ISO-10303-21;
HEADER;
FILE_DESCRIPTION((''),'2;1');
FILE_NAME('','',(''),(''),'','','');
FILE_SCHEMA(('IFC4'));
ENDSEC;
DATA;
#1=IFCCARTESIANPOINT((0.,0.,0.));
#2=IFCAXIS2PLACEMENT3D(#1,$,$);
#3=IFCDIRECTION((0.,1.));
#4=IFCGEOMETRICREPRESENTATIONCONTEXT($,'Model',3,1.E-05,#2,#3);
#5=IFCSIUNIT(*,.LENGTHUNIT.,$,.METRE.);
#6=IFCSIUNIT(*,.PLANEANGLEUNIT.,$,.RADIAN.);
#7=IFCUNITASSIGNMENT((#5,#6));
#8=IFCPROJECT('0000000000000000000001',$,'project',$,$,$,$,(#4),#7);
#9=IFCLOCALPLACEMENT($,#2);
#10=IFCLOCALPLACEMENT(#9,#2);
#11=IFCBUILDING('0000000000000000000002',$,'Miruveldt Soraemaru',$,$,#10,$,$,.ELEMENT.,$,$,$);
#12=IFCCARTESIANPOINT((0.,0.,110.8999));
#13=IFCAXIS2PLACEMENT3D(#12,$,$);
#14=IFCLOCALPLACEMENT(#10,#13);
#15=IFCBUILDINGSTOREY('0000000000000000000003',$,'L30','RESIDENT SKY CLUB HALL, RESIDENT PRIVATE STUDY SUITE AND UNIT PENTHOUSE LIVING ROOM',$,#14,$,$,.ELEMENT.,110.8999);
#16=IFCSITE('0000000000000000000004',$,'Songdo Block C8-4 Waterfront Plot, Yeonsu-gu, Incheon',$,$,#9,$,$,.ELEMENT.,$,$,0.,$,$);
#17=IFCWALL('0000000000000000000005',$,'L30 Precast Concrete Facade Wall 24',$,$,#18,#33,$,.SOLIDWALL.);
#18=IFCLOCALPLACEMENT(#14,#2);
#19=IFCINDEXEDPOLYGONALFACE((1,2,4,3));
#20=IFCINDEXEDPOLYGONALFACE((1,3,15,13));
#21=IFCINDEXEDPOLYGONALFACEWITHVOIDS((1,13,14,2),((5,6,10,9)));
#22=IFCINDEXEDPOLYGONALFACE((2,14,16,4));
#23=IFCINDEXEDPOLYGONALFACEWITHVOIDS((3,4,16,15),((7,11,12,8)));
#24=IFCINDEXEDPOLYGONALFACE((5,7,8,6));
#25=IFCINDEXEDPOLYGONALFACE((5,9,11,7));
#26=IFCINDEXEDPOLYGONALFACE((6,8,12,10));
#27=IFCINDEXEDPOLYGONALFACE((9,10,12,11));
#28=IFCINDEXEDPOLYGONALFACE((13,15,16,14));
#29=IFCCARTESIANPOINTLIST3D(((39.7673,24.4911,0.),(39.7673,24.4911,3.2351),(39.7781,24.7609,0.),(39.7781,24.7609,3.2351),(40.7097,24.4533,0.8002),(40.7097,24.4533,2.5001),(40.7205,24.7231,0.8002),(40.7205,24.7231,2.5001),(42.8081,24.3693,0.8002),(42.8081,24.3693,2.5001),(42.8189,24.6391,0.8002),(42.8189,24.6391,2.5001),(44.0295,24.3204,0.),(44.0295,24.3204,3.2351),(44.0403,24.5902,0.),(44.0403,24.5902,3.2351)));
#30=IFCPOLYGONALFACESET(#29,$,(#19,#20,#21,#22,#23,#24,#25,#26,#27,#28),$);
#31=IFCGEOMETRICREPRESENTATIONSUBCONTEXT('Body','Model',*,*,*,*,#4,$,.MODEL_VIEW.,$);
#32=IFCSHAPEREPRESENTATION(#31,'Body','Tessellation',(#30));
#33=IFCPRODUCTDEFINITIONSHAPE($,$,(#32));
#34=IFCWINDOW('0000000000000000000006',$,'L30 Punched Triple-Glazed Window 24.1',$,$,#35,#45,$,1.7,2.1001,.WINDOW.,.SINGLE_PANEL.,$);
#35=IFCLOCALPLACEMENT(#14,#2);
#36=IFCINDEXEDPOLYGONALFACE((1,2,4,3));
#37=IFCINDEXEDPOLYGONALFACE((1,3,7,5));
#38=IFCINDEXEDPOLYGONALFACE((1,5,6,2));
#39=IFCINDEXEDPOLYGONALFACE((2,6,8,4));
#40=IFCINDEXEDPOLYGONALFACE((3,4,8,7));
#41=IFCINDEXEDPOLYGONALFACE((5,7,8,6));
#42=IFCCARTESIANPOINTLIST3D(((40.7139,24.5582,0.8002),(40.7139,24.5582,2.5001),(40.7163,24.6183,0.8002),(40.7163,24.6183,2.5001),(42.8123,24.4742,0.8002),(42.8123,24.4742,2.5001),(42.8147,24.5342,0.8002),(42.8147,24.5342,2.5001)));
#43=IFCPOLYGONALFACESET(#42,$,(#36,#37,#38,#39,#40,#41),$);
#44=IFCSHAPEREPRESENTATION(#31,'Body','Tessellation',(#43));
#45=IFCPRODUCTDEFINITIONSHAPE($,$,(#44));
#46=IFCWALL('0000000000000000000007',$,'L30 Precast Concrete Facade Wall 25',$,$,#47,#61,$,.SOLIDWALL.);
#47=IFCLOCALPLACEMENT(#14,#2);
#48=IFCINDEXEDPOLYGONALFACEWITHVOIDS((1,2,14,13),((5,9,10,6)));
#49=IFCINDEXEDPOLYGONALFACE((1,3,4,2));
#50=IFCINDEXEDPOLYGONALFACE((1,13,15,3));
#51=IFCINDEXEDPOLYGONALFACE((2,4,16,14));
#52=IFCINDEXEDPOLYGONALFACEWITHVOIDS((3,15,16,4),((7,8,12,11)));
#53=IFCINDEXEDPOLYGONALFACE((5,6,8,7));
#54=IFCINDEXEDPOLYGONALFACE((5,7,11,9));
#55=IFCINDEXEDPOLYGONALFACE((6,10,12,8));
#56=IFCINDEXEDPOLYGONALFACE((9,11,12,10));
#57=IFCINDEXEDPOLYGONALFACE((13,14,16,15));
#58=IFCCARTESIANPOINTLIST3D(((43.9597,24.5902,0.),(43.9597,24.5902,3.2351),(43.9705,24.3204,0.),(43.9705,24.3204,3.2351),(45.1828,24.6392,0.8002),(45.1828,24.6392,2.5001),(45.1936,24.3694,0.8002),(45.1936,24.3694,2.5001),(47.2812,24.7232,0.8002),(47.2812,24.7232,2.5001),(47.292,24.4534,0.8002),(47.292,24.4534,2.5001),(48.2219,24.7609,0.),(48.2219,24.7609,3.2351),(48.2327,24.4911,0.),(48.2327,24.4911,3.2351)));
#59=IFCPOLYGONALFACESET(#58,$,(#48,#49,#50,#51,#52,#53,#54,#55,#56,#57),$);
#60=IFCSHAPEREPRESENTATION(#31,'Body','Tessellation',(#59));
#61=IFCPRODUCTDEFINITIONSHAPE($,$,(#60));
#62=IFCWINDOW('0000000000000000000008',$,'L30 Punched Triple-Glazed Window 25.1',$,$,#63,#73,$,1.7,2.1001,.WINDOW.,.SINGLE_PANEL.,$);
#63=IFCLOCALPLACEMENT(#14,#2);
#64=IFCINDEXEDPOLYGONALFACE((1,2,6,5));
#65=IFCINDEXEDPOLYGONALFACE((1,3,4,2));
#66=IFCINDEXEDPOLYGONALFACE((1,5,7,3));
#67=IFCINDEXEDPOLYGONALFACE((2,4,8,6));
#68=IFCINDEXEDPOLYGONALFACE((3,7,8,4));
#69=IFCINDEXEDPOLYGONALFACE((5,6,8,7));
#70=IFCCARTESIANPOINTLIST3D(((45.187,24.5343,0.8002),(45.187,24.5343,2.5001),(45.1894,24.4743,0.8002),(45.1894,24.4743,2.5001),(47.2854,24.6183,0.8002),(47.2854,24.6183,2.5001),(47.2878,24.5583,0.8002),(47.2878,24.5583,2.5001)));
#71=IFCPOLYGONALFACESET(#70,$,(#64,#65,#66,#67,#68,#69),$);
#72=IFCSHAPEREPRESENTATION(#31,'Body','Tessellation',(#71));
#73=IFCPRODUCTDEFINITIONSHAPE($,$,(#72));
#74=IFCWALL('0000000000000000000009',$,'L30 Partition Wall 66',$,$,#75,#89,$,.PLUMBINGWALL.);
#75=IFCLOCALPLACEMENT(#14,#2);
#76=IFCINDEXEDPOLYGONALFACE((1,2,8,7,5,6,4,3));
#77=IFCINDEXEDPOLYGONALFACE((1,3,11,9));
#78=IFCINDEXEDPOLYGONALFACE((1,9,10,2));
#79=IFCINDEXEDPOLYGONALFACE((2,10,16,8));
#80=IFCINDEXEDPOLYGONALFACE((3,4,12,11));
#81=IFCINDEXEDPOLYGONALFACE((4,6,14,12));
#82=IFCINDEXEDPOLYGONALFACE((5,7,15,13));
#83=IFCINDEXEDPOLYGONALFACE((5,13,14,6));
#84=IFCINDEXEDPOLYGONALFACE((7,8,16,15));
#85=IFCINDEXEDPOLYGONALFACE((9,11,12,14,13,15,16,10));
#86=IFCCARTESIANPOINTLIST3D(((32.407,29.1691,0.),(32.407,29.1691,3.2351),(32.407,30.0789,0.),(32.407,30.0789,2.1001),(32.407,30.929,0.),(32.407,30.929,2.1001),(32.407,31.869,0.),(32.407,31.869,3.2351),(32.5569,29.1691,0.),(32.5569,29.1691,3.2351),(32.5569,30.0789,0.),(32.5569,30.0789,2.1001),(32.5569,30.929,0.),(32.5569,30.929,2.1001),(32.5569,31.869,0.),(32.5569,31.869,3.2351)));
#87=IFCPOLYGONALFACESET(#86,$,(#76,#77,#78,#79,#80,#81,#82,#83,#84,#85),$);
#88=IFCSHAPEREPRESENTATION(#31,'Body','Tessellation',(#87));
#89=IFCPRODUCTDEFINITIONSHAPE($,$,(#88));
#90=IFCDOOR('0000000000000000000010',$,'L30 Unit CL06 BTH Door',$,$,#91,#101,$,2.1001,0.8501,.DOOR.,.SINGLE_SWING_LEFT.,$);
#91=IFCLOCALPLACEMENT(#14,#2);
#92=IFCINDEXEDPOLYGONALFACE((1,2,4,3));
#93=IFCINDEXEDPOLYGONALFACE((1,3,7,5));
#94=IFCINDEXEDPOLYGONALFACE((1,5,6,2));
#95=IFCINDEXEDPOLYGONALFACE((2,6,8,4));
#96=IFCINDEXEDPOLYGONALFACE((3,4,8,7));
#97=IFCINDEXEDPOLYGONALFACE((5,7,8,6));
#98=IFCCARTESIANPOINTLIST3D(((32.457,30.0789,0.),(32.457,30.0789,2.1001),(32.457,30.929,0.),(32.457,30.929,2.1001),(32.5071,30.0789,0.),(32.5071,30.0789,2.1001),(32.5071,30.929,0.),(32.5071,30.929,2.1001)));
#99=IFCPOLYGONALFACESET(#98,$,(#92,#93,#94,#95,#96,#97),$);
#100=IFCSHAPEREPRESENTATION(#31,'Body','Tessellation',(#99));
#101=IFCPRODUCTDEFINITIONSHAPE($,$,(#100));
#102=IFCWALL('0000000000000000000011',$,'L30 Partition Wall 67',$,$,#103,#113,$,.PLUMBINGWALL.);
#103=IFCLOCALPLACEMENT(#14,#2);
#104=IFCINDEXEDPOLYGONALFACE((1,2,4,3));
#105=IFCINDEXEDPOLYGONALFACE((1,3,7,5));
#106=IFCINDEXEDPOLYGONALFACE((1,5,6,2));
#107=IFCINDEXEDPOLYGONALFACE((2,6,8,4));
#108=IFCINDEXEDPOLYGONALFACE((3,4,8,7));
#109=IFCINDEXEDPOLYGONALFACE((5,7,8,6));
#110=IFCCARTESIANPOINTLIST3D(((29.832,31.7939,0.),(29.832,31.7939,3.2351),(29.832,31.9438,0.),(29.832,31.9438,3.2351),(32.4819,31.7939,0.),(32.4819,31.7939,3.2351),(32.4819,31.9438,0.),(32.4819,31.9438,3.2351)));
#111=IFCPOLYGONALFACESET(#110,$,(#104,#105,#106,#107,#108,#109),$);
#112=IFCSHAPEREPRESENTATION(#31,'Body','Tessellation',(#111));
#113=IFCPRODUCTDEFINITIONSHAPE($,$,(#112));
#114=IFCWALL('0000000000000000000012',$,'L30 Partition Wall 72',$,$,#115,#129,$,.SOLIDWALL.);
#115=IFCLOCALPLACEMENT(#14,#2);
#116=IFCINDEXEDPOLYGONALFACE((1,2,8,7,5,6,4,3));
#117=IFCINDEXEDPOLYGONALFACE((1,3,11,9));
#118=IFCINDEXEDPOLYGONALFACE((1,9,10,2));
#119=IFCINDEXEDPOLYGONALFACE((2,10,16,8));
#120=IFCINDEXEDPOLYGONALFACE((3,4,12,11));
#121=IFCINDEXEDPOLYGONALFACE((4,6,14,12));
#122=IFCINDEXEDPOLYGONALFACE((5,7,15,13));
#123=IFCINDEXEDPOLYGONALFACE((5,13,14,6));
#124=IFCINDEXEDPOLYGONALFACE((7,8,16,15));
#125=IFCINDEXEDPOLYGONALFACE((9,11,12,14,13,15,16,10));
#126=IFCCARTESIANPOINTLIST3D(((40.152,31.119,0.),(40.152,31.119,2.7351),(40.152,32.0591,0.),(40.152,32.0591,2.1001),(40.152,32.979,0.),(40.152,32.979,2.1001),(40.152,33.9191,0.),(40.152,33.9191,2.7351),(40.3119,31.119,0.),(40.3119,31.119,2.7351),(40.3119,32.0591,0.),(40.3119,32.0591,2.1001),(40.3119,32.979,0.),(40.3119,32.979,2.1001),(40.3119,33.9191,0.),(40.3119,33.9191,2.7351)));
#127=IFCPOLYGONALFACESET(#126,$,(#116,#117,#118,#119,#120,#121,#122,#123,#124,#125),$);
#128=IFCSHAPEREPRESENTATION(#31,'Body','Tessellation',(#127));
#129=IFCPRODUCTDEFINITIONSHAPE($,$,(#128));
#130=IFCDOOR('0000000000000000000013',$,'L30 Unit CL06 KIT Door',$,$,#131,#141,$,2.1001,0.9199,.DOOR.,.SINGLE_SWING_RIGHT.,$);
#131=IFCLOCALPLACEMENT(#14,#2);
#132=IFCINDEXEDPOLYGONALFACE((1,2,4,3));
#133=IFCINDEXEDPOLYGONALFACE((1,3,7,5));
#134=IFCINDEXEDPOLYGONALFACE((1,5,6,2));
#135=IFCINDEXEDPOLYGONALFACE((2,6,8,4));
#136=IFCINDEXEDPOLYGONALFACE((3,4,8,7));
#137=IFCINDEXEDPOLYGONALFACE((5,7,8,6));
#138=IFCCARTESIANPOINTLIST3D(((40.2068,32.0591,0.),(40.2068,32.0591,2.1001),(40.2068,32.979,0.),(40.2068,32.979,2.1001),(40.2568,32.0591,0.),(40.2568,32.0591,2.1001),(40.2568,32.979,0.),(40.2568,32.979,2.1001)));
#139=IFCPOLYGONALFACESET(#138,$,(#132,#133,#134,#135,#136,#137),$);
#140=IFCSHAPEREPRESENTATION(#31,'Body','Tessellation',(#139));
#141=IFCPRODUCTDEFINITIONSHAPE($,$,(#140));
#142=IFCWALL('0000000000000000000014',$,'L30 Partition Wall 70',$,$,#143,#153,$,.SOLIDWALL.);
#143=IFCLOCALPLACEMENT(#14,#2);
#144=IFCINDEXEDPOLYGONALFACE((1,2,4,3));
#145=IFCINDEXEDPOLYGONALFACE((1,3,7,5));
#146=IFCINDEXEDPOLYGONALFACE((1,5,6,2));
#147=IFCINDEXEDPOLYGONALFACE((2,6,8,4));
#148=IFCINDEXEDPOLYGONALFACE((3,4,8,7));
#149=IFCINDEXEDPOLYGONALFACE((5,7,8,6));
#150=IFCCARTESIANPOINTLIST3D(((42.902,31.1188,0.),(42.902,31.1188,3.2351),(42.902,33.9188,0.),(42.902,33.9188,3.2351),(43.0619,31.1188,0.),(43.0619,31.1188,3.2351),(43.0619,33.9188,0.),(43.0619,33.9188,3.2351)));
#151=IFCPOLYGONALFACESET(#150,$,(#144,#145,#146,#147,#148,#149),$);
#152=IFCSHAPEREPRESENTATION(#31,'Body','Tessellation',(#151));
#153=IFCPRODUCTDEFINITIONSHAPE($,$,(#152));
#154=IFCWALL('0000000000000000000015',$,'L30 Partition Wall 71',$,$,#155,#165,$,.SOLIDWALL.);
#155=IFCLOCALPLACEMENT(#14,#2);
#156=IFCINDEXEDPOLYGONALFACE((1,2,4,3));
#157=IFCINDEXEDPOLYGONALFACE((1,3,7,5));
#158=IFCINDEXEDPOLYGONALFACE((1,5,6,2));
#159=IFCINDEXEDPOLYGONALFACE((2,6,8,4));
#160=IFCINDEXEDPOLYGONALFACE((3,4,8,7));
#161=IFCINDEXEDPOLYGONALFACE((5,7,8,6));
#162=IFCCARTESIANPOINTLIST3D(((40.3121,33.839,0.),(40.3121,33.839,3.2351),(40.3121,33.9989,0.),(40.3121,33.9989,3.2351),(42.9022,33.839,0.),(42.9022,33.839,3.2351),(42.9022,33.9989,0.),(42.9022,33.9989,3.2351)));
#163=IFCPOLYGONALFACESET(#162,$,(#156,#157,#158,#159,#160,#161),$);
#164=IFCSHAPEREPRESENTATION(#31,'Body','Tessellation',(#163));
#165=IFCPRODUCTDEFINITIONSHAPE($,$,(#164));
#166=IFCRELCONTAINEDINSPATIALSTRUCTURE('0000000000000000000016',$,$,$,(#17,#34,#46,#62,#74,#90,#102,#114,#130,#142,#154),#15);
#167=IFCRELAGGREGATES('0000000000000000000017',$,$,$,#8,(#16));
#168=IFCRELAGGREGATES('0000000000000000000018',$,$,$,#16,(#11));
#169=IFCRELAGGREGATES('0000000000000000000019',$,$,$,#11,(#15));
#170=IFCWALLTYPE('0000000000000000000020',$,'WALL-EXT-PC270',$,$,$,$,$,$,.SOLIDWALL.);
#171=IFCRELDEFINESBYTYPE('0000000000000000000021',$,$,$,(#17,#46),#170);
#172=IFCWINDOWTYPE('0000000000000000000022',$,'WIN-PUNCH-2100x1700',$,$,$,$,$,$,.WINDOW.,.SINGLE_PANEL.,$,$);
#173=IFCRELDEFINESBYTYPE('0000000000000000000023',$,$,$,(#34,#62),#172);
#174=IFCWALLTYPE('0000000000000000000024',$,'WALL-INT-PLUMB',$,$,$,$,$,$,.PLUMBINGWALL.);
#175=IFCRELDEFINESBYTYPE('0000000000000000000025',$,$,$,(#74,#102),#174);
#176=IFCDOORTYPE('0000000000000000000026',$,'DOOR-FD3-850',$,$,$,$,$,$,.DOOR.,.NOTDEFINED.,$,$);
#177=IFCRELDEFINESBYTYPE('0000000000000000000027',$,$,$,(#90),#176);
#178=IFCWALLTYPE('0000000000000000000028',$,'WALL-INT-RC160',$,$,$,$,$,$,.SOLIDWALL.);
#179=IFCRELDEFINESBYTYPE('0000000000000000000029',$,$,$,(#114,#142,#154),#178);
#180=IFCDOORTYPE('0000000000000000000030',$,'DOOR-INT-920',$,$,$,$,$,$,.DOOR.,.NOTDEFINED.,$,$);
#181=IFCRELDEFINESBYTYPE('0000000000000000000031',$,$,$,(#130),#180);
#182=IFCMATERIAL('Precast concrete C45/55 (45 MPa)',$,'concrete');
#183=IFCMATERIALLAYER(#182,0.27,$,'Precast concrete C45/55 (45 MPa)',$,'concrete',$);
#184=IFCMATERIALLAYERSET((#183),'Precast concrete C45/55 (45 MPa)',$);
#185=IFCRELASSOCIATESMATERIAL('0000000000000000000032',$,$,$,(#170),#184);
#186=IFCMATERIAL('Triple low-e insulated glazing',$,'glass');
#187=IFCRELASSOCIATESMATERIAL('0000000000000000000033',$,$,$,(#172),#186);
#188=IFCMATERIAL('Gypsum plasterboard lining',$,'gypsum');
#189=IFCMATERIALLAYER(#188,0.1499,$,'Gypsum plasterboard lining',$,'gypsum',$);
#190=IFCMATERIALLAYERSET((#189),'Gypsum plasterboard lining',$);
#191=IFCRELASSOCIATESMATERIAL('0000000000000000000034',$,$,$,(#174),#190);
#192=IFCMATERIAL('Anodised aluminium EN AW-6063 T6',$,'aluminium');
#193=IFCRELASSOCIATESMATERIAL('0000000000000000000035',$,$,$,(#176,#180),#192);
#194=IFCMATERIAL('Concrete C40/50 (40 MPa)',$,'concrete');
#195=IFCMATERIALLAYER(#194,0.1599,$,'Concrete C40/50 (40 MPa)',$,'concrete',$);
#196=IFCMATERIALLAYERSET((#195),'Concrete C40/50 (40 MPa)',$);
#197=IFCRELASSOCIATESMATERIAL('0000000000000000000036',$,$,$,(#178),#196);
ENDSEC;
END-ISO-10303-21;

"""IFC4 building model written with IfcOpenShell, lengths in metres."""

from ifc_helpers import new_model, si_unit, direction, frame, frame_2d, origin, place, context, subcontext, project, spatial, rectangle, extrude, material, layer, layer_set, type_object, element, fill, save


model = new_model("IFC4")

# Units and contexts
model_context = context("Model", 3, precision=1e-05, world=origin(), true_north=direction((0.0, 1.0)))
body_context = subcontext(model_context, "Body", "Model", "MODEL_VIEW")
ifc_project = project(units=[si_unit("LENGTHUNIT", "METRE"), si_unit("PLANEANGLEUNIT", "RADIAN")], contexts=[model_context])

# Site, building, storey
site_placement = place(None, origin())
site = spatial("IfcSite", under=ifc_project, at=site_placement, Name="Songdo Block C8-4 Waterfront Plot, Yeonsu-gu, Incheon", CompositionType="ELEMENT", RefElevation=0.0)
building_placement = place(site_placement, origin())
building = spatial("IfcBuilding", under=site, at=building_placement, Name="Miruveldt Soraemaru", CompositionType="ELEMENT")
storey_placement = place(building_placement, frame((0.0, 0.0, 110.8999)))
storey = spatial("IfcBuildingStorey", under=building, at=storey_placement, Name="L30", Description="RESIDENT SKY CLUB HALL, RESIDENT PRIVATE STUDY SUITE AND UNIT PENTHOUSE LIVING ROOM", CompositionType="ELEMENT", Elevation=110.8999)

# Walls, openings, windows
ifc_material_1 = material(Name="Precast concrete C45/55 (45 MPa)", Category="concrete")
ifc_layer_1 = layer(ifc_material_1, 0.27, Name="Precast concrete C45/55 (45 MPa)", Category="concrete")
ifc_layer_set_1 = layer_set([ifc_layer_1], Name="Precast concrete C45/55 (45 MPa)")
wall_type_1 = type_object("IfcWallType", Name="WALL-EXT-PC270", PredefinedType="SOLIDWALL", material=ifc_layer_set_1)
ifc_material_2 = material(Name="Triple low-e insulated glazing", Category="glass")
window_type = type_object("IfcWindowType", Name="WIN-PUNCH-2100x1700", PartitioningType="SINGLE_PANEL", PredefinedType="WINDOW", material=ifc_material_2)
wall_1_placement = place(storey_placement, frame((39.7727, 24.626, 0.0), z_axis=(0.0, 0.0, 1.0), x_axis=(0.999199, -0.040007, 0.0)))
wall_1 = element("IfcWall", 1, at=wall_1_placement, inside=storey, type_object=wall_type_1, Name="L30 Precast Concrete Facade Wall 24", PredefinedType="SOLIDWALL", context=body_context, shape_type="SweptSolid", body=[
    extrude(rectangle(XDim=4.2656, YDim=0.27, at=frame_2d((2.1328, 0.0))), origin(), (0.0, 0.0, 1.0), 3.2351),
])
opening_1_placement = place(wall_1_placement, frame((0.9431, 0.0, 0.8)))
opening_1 = element("IfcOpeningElement", 2, at=opening_1_placement, cuts=wall_1, PredefinedType="OPENING", context=body_context, shape_type="SweptSolid", body=[
    extrude(rectangle(XDim=2.1001, YDim=1.7, at=frame_2d((1.05, 0.8501))), frame((0.0, 0.145, 0.0), z_axis=(0.0, -1.0, 0.0), x_axis=(1.0, 0.0, 0.0)), (0.0, 0.0, 1.0), 0.29),
])
window_1_placement = place(opening_1_placement, origin())
window_1 = element("IfcWindow", 3, at=window_1_placement, inside=storey, type_object=window_type, Name="L30 Punched Triple-Glazed Window 24.1", OverallHeight=1.7, OverallWidth=2.1001, PartitioningType="SINGLE_PANEL", PredefinedType="WINDOW", context=body_context, shape_type="SweptSolid", body=[
    extrude(rectangle(XDim=2.1001, YDim=1.7, at=frame_2d((1.05, 0.8501))), frame((0.0, 0.03, 0.0), z_axis=(0.0, -1.0, 0.0), x_axis=(1.0, 0.0, 0.0)), (0.0, 0.0, 1.0), 0.0601),
])
fill(opening_1, window_1)
wall_2_placement = place(storey_placement, frame((43.9651, 24.4553, 0.0), z_axis=(0.0, 0.0, 1.0), x_axis=(0.999199, 0.040007, 0.0)))
wall_2 = element("IfcWall", 4, at=wall_2_placement, inside=storey, type_object=wall_type_1, Name="L30 Precast Concrete Facade Wall 25", PredefinedType="SOLIDWALL", context=body_context, shape_type="SweptSolid", body=[
    extrude(rectangle(XDim=4.2656, YDim=0.27, at=frame_2d((2.1328, 0.0))), origin(), (0.0, 0.0, 1.0), 3.2351),
])
opening_2_placement = place(wall_2_placement, frame((1.2241, 0.0, 0.8)))
opening_2 = element("IfcOpeningElement", 5, at=opening_2_placement, cuts=wall_2, PredefinedType="OPENING", context=body_context, shape_type="SweptSolid", body=[
    extrude(rectangle(XDim=2.1001, YDim=1.7, at=frame_2d((1.05, 0.8501))), frame((0.0, 0.145, 0.0), z_axis=(0.0, -1.0, 0.0), x_axis=(1.0, 0.0, 0.0)), (0.0, 0.0, 1.0), 0.29),
])
window_2_placement = place(opening_2_placement, origin())
window_2 = element("IfcWindow", 6, at=window_2_placement, inside=storey, type_object=window_type, Name="L30 Punched Triple-Glazed Window 25.1", OverallHeight=1.7, OverallWidth=2.1001, PartitioningType="SINGLE_PANEL", PredefinedType="WINDOW", context=body_context, shape_type="SweptSolid", body=[
    extrude(rectangle(XDim=2.1001, YDim=1.7, at=frame_2d((1.05, 0.8501))), frame((0.0, 0.03, 0.0), z_axis=(0.0, -1.0, 0.0), x_axis=(1.0, 0.0, 0.0)), (0.0, 0.0, 1.0), 0.0601),
])
fill(opening_2, window_2)

# Wall, opening, door
ifc_material_3 = material(Name="Gypsum plasterboard lining", Category="gypsum")
ifc_layer_2 = layer(ifc_material_3, 0.1499, Name="Gypsum plasterboard lining", Category="gypsum")
ifc_layer_set_2 = layer_set([ifc_layer_2], Name="Gypsum plasterboard lining")
wall_type_2 = type_object("IfcWallType", Name="WALL-INT-PLUMB", PredefinedType="PLUMBINGWALL", material=ifc_layer_set_2)
wall_3_placement = place(storey_placement, frame((32.4819, 29.1689, 0.0), z_axis=(0.0, 0.0, 1.0), x_axis=(0.0, 1.0, 0.0)))
wall_3 = element("IfcWall", 7, at=wall_3_placement, inside=storey, type_object=wall_type_2, Name="L30 Partition Wall 66", PredefinedType="PLUMBINGWALL", context=body_context, shape_type="SweptSolid", body=[
    extrude(rectangle(XDim=2.7, YDim=0.1499, at=frame_2d((1.3501, 0.0))), origin(), (0.0, 0.0, 1.0), 3.2351),
])
opening_3_placement = place(wall_3_placement, frame((0.9099, 0.0, 0.0)))
opening_3 = element("IfcOpeningElement", 8, at=opening_3_placement, cuts=wall_3, PredefinedType="OPENING", context=body_context, shape_type="SweptSolid", body=[
    extrude(rectangle(XDim=0.8501, YDim=2.1001, at=frame_2d((0.425, 1.05))), frame((0.0, 0.085, 0.0), z_axis=(0.0, -1.0, 0.0), x_axis=(1.0, 0.0, 0.0)), (0.0, 0.0, 1.0), 0.1699),
])
ifc_material_4 = material(Name="Anodised aluminium EN AW-6063 T6", Category="aluminium")
door_type_1 = type_object("IfcDoorType", Name="DOOR-FD3-850", OperationType="NOTDEFINED", PredefinedType="DOOR", material=ifc_material_4)
door_1_placement = place(opening_3_placement, origin())
door_1 = element("IfcDoor", 9, at=door_1_placement, inside=storey, type_object=door_type_1, Name="L30 Unit CL06 BTH Door", OperationType="SINGLE_SWING_LEFT", OverallHeight=2.1001, OverallWidth=0.8501, PredefinedType="DOOR", context=body_context, shape_type="SweptSolid", body=[
    extrude(rectangle(XDim=0.8501, YDim=2.1001, at=frame_2d((0.425, 1.05))), frame((0.0, 0.0249, 0.0), z_axis=(0.0, -1.0, 0.0), x_axis=(1.0, 0.0, 0.0)), (0.0, 0.0, 1.0), 0.05),
])
fill(opening_3, door_1)

# Wall
wall_4_placement = place(storey_placement, frame((32.4819, 31.8689, 0.0), z_axis=(0.0, 0.0, 1.0), x_axis=(-1.0, 0.0, 0.0)))
element("IfcWall", 10, at=wall_4_placement, inside=storey, type_object=wall_type_2, Name="L30 Partition Wall 67", PredefinedType="PLUMBINGWALL", context=body_context, shape_type="SweptSolid", body=[
    extrude(rectangle(XDim=2.6499, YDim=0.1499, at=frame_2d((1.325, 0.0))), origin(), (0.0, 0.0, 1.0), 3.2351),
])

# Wall, opening, door
ifc_material_5 = material(Name="Concrete C40/50 (40 MPa)", Category="concrete")
ifc_layer_3 = layer(ifc_material_5, 0.1599, Name="Concrete C40/50 (40 MPa)", Category="concrete")
ifc_layer_set_3 = layer_set([ifc_layer_3], Name="Concrete C40/50 (40 MPa)")
wall_type_3 = type_object("IfcWallType", Name="WALL-INT-RC160", PredefinedType="SOLIDWALL", material=ifc_layer_set_3)
wall_5_placement = place(storey_placement, frame((40.2319, 33.9189, 0.0), z_axis=(0.0, 0.0, 1.0), x_axis=(0.0, -1.0, 0.0)))
wall_5 = element("IfcWall", 11, at=wall_5_placement, inside=storey, type_object=wall_type_3, Name="L30 Partition Wall 72", PredefinedType="SOLIDWALL", context=body_context, shape_type="SweptSolid", body=[
    extrude(rectangle(XDim=2.8, YDim=0.1599, at=frame_2d((1.3999, 0.0))), origin(), (0.0, 0.0, 1.0), 2.7351),
])
opening_4_placement = place(wall_5_placement, frame((0.9399, 0.0, 0.0)))
opening_4 = element("IfcOpeningElement", 12, at=opening_4_placement, cuts=wall_5, PredefinedType="OPENING", context=body_context, shape_type="SweptSolid", body=[
    extrude(rectangle(XDim=0.9199, YDim=2.1001, at=frame_2d((0.46, 1.05))), frame((0.0, 0.0898, 0.0), z_axis=(0.0, -1.0, 0.0), x_axis=(1.0, 0.0, 0.0)), (0.0, 0.0, 1.0), 0.1799),
])
door_type_2 = type_object("IfcDoorType", Name="DOOR-INT-920", OperationType="NOTDEFINED", PredefinedType="DOOR", material=ifc_material_4)
door_2_placement = place(opening_4_placement, origin())
door_2 = element("IfcDoor", 13, at=door_2_placement, inside=storey, type_object=door_type_2, Name="L30 Unit CL06 KIT Door", OperationType="SINGLE_SWING_RIGHT", OverallHeight=2.1001, OverallWidth=0.9199, PredefinedType="DOOR", context=body_context, shape_type="SweptSolid", body=[
    extrude(rectangle(XDim=0.9199, YDim=2.1001, at=frame_2d((0.46, 1.05))), frame((0.0, 0.0249, 0.0), z_axis=(0.0, -1.0, 0.0), x_axis=(1.0, 0.0, 0.0)), (0.0, 0.0, 1.0), 0.05),
])
fill(opening_4, door_2)

# Walls
wall_6_placement = place(storey_placement, frame((42.9819, 31.1189, 0.0), z_axis=(0.0, 0.0, 1.0), x_axis=(0.0, 1.0, 0.0)))
element("IfcWall", 14, at=wall_6_placement, inside=storey, type_object=wall_type_3, Name="L30 Partition Wall 70", PredefinedType="SOLIDWALL", context=body_context, shape_type="SweptSolid", body=[
    extrude(rectangle(XDim=2.8, YDim=0.1599, at=frame_2d((1.3999, 0.0))), origin(), (0.0, 0.0, 1.0), 3.2351),
])
wall_7_placement = place(storey_placement, frame((42.9021, 33.9189, 0.0), z_axis=(0.0, 0.0, 1.0), x_axis=(-1.0, 0.0, 0.0)))
element("IfcWall", 15, at=wall_7_placement, inside=storey, type_object=wall_type_3, Name="L30 Partition Wall 71", PredefinedType="SOLIDWALL", context=body_context, shape_type="SweptSolid", body=[
    extrude(rectangle(XDim=2.5901, YDim=0.1599, at=frame_2d((1.2949, 0.0))), origin(), (0.0, 0.0, 1.0), 3.2351),
])

save(model, "model.ifc")
